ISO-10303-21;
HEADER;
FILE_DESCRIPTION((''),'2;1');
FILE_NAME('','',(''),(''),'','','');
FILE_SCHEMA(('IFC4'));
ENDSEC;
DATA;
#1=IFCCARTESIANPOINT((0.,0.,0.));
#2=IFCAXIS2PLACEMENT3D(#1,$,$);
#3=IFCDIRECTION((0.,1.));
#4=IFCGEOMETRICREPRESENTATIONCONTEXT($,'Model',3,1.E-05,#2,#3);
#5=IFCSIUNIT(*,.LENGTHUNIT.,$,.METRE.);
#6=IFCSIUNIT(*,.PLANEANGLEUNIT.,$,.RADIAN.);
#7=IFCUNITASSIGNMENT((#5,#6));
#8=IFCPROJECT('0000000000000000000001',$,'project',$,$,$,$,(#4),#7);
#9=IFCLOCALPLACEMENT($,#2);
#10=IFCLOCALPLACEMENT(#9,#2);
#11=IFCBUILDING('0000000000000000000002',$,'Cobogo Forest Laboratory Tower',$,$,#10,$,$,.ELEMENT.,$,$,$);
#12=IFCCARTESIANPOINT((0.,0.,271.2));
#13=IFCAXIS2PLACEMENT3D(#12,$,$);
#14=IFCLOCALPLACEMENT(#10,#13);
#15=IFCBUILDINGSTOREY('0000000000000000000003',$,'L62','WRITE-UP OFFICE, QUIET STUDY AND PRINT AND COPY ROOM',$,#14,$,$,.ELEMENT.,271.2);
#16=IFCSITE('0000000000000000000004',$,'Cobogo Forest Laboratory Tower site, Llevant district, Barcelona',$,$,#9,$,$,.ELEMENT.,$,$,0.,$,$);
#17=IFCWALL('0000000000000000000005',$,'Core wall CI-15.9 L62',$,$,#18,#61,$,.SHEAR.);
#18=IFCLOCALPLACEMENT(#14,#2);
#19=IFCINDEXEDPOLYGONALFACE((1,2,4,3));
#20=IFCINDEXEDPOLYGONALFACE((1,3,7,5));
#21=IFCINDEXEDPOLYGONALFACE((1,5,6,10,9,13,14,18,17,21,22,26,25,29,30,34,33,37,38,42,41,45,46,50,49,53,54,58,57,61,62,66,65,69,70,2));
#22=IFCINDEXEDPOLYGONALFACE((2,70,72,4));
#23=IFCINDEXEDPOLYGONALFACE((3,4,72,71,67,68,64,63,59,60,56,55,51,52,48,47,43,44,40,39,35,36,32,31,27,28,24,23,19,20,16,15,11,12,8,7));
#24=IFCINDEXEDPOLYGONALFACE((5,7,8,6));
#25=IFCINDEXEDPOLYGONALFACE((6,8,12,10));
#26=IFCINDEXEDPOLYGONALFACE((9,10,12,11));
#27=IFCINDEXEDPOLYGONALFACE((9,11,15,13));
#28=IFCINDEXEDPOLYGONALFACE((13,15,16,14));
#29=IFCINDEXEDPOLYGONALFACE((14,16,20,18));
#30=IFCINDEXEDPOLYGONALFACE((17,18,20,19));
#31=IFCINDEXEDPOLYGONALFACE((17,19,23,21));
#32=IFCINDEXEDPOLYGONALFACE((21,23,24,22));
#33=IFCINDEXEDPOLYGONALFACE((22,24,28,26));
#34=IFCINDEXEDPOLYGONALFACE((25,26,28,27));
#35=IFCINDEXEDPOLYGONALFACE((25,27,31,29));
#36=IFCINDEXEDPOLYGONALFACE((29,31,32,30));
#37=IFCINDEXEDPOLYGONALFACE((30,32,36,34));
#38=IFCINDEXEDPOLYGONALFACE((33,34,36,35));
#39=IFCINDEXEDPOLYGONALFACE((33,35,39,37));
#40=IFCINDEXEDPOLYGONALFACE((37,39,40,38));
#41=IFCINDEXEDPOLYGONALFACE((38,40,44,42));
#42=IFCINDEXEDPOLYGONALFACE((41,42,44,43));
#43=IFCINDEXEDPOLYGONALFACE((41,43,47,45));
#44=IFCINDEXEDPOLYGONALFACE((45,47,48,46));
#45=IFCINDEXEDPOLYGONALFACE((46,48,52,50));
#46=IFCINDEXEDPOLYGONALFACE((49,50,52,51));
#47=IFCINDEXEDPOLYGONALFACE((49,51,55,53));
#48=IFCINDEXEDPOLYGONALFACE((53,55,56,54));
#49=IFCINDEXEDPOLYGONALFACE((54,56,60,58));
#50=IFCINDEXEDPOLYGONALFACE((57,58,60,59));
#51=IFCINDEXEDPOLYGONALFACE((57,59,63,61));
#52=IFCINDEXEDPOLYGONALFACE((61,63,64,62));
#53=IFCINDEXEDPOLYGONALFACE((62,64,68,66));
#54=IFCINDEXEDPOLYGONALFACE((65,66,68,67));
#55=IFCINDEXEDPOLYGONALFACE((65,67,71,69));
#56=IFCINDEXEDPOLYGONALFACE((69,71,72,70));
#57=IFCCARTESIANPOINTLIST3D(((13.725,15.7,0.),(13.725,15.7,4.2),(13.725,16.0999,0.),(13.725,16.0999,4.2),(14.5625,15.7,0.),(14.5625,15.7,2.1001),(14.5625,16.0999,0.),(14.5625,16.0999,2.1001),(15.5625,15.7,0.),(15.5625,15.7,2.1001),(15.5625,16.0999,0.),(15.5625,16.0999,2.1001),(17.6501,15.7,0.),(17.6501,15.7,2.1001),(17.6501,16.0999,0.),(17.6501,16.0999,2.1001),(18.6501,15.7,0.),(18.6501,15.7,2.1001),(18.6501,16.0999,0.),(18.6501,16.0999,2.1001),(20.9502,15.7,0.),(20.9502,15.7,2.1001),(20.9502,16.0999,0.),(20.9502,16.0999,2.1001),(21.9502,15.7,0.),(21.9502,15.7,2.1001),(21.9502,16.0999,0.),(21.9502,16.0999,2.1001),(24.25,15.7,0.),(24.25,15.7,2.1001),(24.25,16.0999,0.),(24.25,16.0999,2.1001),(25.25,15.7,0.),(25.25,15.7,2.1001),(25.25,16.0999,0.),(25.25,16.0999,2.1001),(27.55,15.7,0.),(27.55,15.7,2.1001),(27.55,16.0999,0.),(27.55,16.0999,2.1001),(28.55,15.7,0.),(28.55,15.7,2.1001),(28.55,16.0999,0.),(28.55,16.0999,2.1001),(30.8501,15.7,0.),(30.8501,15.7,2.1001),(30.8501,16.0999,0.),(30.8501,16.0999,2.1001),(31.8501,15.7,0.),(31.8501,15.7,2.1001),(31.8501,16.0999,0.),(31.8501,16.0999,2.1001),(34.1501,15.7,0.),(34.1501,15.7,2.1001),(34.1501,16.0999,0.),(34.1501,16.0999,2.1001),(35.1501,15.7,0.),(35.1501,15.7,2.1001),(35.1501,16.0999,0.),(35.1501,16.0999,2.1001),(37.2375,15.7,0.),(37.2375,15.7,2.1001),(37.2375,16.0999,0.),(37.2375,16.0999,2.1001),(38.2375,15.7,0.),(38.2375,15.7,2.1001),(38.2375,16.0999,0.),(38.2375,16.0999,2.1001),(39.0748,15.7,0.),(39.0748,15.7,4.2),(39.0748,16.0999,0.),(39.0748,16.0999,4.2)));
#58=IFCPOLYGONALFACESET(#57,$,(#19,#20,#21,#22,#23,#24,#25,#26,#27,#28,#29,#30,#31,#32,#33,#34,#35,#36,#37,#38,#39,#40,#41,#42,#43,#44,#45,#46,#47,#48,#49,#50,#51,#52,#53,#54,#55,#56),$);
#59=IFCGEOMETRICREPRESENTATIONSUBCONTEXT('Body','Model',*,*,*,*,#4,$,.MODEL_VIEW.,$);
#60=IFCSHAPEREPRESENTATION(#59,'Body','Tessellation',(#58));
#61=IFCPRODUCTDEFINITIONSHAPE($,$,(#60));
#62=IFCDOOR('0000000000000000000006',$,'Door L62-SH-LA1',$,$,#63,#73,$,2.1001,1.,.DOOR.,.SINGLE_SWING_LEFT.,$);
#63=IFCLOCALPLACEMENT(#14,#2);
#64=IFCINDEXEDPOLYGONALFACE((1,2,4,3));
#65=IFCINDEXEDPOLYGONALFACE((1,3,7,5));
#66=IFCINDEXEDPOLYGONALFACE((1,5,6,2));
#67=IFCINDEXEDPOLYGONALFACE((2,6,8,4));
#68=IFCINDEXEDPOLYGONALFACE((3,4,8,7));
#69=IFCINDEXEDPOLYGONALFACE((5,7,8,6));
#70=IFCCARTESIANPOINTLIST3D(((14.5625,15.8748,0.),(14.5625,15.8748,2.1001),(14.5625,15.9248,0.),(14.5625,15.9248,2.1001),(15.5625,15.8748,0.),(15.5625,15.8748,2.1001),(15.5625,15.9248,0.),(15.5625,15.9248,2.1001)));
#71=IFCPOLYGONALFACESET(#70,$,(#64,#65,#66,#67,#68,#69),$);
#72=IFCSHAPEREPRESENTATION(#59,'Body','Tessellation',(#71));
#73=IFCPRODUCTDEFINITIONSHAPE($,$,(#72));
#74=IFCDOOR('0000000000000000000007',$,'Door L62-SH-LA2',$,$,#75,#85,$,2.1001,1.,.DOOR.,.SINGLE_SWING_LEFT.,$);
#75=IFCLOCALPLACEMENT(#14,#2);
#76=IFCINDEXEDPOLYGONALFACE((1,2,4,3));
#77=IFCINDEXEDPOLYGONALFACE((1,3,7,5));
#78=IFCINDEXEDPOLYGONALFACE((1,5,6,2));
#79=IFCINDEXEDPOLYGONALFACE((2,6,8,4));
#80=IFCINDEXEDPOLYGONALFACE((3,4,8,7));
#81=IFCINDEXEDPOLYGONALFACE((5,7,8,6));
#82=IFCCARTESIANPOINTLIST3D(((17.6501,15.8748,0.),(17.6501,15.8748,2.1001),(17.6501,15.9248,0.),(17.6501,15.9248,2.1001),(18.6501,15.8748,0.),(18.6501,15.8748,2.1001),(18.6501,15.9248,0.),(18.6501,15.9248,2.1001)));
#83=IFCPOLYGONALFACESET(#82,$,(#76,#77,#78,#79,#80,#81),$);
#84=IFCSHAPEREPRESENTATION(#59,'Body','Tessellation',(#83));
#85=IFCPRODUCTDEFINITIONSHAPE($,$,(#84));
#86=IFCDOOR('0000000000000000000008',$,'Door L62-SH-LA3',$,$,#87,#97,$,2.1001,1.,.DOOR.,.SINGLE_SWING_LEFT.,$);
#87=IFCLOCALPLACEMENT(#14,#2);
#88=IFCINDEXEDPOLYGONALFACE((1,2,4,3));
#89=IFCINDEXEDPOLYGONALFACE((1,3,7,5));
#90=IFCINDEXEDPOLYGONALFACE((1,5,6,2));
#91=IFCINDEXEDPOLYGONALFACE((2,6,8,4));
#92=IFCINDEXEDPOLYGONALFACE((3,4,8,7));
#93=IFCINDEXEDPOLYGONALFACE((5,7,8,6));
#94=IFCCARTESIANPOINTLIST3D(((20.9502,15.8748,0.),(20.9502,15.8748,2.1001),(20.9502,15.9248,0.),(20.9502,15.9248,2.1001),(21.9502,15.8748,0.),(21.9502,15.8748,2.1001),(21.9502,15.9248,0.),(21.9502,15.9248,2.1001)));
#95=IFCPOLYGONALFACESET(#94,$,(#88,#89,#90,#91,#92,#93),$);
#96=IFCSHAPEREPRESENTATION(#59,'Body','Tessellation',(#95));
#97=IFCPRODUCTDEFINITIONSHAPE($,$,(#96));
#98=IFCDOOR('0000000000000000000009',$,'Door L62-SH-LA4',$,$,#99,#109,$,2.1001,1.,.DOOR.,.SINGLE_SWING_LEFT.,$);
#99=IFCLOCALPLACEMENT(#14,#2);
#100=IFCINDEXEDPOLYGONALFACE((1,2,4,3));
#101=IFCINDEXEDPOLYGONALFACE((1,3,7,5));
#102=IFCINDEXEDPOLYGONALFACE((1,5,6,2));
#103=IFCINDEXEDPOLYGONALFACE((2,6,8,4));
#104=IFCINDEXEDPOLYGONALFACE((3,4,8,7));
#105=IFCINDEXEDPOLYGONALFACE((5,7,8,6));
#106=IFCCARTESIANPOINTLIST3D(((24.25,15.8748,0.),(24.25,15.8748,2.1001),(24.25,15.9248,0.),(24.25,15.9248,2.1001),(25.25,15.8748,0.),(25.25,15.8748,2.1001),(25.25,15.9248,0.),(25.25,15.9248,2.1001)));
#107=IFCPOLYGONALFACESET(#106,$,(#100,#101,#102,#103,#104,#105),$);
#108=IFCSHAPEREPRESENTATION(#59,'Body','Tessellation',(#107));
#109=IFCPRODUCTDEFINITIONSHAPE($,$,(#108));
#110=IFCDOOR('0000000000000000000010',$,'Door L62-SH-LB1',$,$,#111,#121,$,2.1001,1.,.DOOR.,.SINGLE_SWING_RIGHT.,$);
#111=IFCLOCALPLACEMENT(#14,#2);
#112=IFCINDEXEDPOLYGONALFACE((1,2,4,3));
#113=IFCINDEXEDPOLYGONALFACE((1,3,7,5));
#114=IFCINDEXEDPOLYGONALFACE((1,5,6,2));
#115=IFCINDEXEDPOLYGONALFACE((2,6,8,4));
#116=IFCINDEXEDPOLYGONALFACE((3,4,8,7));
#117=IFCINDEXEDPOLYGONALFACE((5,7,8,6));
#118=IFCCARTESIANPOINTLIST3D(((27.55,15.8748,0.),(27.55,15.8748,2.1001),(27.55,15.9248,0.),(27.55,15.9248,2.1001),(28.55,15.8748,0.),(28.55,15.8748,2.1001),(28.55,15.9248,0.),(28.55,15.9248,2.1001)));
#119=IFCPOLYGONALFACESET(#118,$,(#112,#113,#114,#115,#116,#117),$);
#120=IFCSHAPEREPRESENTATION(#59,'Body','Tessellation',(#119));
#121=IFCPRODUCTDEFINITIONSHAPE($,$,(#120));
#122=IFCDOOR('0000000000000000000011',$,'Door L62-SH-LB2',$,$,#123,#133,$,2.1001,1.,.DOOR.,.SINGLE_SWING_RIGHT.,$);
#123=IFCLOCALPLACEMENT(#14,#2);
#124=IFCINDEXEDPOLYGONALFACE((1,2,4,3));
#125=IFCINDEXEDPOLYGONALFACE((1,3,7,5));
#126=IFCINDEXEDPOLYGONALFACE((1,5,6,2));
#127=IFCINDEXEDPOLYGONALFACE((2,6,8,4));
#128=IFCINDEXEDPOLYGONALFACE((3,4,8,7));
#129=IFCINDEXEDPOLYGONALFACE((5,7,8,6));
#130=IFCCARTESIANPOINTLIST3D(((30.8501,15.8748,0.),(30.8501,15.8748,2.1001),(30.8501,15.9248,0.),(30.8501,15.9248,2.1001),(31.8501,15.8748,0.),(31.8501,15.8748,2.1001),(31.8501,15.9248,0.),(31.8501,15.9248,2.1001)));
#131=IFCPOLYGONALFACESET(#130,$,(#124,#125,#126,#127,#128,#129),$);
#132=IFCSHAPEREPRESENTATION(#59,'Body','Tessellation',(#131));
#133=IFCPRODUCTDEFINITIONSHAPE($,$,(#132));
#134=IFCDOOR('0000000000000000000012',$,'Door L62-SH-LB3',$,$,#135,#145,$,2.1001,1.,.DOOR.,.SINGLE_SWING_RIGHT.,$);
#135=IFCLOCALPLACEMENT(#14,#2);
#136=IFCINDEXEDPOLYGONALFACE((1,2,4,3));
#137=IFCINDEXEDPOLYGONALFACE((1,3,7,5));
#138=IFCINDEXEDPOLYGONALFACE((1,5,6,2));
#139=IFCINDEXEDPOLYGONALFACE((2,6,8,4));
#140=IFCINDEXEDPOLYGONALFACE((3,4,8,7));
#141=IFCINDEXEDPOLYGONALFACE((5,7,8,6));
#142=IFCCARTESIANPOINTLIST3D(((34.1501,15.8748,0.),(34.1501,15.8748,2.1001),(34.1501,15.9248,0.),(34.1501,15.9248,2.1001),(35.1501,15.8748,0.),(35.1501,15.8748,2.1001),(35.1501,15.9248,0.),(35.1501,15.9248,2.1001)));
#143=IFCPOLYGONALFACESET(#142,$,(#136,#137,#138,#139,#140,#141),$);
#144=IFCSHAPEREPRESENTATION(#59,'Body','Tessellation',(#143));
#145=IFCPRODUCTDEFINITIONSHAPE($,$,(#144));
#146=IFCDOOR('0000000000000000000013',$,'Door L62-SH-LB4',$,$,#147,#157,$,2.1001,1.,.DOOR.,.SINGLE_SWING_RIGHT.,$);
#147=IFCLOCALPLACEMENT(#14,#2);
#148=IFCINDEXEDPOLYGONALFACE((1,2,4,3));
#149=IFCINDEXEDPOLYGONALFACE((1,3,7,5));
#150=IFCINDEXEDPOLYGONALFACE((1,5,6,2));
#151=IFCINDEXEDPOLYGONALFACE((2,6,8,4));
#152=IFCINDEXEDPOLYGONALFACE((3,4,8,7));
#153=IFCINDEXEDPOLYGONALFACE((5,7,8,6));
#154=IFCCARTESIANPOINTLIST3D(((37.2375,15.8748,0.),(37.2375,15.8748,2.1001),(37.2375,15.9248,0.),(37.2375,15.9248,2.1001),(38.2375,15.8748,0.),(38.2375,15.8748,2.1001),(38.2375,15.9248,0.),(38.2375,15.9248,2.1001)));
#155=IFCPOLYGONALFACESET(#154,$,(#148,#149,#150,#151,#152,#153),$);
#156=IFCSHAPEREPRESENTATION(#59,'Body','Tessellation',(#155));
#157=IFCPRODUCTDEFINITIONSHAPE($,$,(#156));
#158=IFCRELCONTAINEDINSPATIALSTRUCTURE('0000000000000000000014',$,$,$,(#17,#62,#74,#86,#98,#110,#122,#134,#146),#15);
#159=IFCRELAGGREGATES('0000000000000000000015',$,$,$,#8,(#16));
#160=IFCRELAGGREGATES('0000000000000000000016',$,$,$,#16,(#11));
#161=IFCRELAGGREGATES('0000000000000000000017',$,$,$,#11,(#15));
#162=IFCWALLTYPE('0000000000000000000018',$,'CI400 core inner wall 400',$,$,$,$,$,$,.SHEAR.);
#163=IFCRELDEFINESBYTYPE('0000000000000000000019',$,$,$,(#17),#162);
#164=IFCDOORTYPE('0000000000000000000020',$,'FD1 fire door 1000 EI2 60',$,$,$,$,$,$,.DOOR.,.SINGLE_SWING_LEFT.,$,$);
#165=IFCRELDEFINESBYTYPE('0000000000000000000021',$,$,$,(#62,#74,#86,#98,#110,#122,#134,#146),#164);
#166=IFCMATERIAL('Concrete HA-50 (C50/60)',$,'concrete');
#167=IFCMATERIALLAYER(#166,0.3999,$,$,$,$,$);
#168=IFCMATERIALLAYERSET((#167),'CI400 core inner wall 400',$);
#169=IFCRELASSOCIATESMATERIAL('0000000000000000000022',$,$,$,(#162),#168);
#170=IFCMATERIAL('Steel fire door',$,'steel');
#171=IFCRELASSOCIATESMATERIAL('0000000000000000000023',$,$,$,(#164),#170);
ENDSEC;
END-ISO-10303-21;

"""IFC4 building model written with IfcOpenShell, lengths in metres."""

from ifc_helpers import new_model, si_unit, direction, frame, frame_2d, origin, place, context, subcontext, project, spatial, rectangle, extrude, material, layer, layer_set, type_object, element, fill, save


model = new_model("IFC4")

# Units and contexts
model_context = context("Model", 3, precision=1e-05, world=origin(), true_north=direction((0.0, 1.0)))
body_context = subcontext(model_context, "Body", "Model", "MODEL_VIEW")
ifc_project = project(units=[si_unit("LENGTHUNIT", "METRE"), si_unit("PLANEANGLEUNIT", "RADIAN")], contexts=[model_context])

# Site, building, storey
site_placement = place(None, origin())
site = spatial("IfcSite", under=ifc_project, at=site_placement, Name="Cobogo Forest Laboratory Tower site, Llevant district, Barcelona", CompositionType="ELEMENT", RefElevation=0.0)
building_placement = place(site_placement, origin())
building = spatial("IfcBuilding", under=site, at=building_placement, Name="Cobogo Forest Laboratory Tower", CompositionType="ELEMENT")
storey_placement = place(building_placement, frame((0.0, 0.0, 271.2)))
storey = spatial("IfcBuildingStorey", under=building, at=storey_placement, Name="L62", Description="WRITE-UP OFFICE, QUIET STUDY AND PRINT AND COPY ROOM", CompositionType="ELEMENT", Elevation=271.2)

# Wall, openings, doors
ifc_material_1 = material(Name="Concrete HA-50 (C50/60)", Category="concrete")
ifc_layer_1 = layer(ifc_material_1, 0.3999)
ifc_layer_set_1 = layer_set([ifc_layer_1], Name="CI400 core inner wall 400")
wall_type_1 = type_object("IfcWallType", Name="CI400 core inner wall 400", PredefinedType="SHEAR", material=ifc_layer_set_1)
wall_1_placement = place(storey_placement, frame((13.7251, 15.8999, 0.0), z_axis=(0.0, 0.0, 1.0), x_axis=(1.0, 0.0, 0.0)))
wall_1 = element("IfcWall", 1, at=wall_1_placement, inside=storey, type_object=wall_type_1, Name="Core wall CI-15.9 L62", PredefinedType="SHEAR", context=body_context, shape_type="SweptSolid", body=[
    extrude(rectangle(XDim=25.3499, YDim=0.3999, at=frame_2d((12.6748, 0.0))), origin(), (0.0, 0.0, 1.0), 4.2),
])
opening_1_placement = place(wall_1_placement, frame((0.8374, 0.0, 0.0)))
opening_1 = element("IfcOpeningElement", 2, at=opening_1_placement, cuts=wall_1, PredefinedType="OPENING", context=body_context, shape_type="SweptSolid", body=[
    extrude(rectangle(XDim=1.0, YDim=2.1001, at=frame_2d((0.5, 1.05))), frame((0.0, 0.21, 0.0), z_axis=(0.0, -1.0, 0.0), x_axis=(1.0, 0.0, 0.0)), (0.0, 0.0, 1.0), 0.4199),
])
opening_2_placement = place(wall_1_placement, frame((3.925, 0.0, 0.0)))
opening_2 = element("IfcOpeningElement", 3, at=opening_2_placement, cuts=wall_1, PredefinedType="OPENING", context=body_context, shape_type="SweptSolid", body=[
    extrude(rectangle(XDim=1.0, YDim=2.1001, at=frame_2d((0.5, 1.05))), frame((0.0, 0.21, 0.0), z_axis=(0.0, -1.0, 0.0), x_axis=(1.0, 0.0, 0.0)), (0.0, 0.0, 1.0), 0.4199),
])
opening_3_placement = place(wall_1_placement, frame((7.2251, 0.0, 0.0)))
opening_3 = element("IfcOpeningElement", 4, at=opening_3_placement, cuts=wall_1, PredefinedType="OPENING", context=body_context, shape_type="SweptSolid", body=[
    extrude(rectangle(XDim=1.0, YDim=2.1001, at=frame_2d((0.5, 1.05))), frame((0.0, 0.21, 0.0), z_axis=(0.0, -1.0, 0.0), x_axis=(1.0, 0.0, 0.0)), (0.0, 0.0, 1.0), 0.4199),
])
opening_4_placement = place(wall_1_placement, frame((10.5249, 0.0, 0.0)))
opening_4 = element("IfcOpeningElement", 5, at=opening_4_placement, cuts=wall_1, PredefinedType="OPENING", context=body_context, shape_type="SweptSolid", body=[
    extrude(rectangle(XDim=1.0, YDim=2.1001, at=frame_2d((0.5, 1.05))), frame((0.0, 0.21, 0.0), z_axis=(0.0, -1.0, 0.0), x_axis=(1.0, 0.0, 0.0)), (0.0, 0.0, 1.0), 0.4199),
])
opening_5_placement = place(wall_1_placement, frame((13.825, 0.0, 0.0)))
opening_5 = element("IfcOpeningElement", 6, at=opening_5_placement, cuts=wall_1, PredefinedType="OPENING", context=body_context, shape_type="SweptSolid", body=[
    extrude(rectangle(XDim=1.0, YDim=2.1001, at=frame_2d((0.5, 1.05))), frame((0.0, 0.21, 0.0), z_axis=(0.0, -1.0, 0.0), x_axis=(1.0, 0.0, 0.0)), (0.0, 0.0, 1.0), 0.4199),
])
opening_6_placement = place(wall_1_placement, frame((17.125, 0.0, 0.0)))
opening_6 = element("IfcOpeningElement", 7, at=opening_6_placement, cuts=wall_1, PredefinedType="OPENING", context=body_context, shape_type="SweptSolid", body=[
    extrude(rectangle(XDim=1.0, YDim=2.1001, at=frame_2d((0.5, 1.05))), frame((0.0, 0.21, 0.0), z_axis=(0.0, -1.0, 0.0), x_axis=(1.0, 0.0, 0.0)), (0.0, 0.0, 1.0), 0.4199),
])
opening_7_placement = place(wall_1_placement, frame((20.425, 0.0, 0.0)))
opening_7 = element("IfcOpeningElement", 8, at=opening_7_placement, cuts=wall_1, PredefinedType="OPENING", context=body_context, shape_type="SweptSolid", body=[
    extrude(rectangle(XDim=1.0, YDim=2.1001, at=frame_2d((0.5, 1.05))), frame((0.0, 0.21, 0.0), z_axis=(0.0, -1.0, 0.0), x_axis=(1.0, 0.0, 0.0)), (0.0, 0.0, 1.0), 0.4199),
])
opening_8_placement = place(wall_1_placement, frame((23.5125, 0.0, 0.0)))
opening_8 = element("IfcOpeningElement", 9, at=opening_8_placement, cuts=wall_1, PredefinedType="OPENING", context=body_context, shape_type="SweptSolid", body=[
    extrude(rectangle(XDim=1.0, YDim=2.1001, at=frame_2d((0.5, 1.05))), frame((0.0, 0.21, 0.0), z_axis=(0.0, -1.0, 0.0), x_axis=(1.0, 0.0, 0.0)), (0.0, 0.0, 1.0), 0.4199),
])
ifc_material_2 = material(Name="Steel fire door", Category="steel")
door_type_1 = type_object("IfcDoorType", Name="FD1 fire door 1000 EI2 60", OperationType="SINGLE_SWING_LEFT", PredefinedType="DOOR", material=ifc_material_2)
door_1_placement = place(opening_1_placement, origin())
door_1 = element("IfcDoor", 10, at=door_1_placement, inside=storey, type_object=door_type_1, Name="Door L62-SH-LA1", OperationType="SINGLE_SWING_LEFT", OverallHeight=2.1001, OverallWidth=1.0, PredefinedType="DOOR", context=body_context, shape_type="SweptSolid", body=[
    extrude(rectangle(XDim=1.0, YDim=2.1001, at=frame_2d((0.5, 1.05))), frame((0.0, 0.0249, 0.0), z_axis=(0.0, -1.0, 0.0), x_axis=(1.0, 0.0, 0.0)), (0.0, 0.0, 1.0), 0.05),
])
fill(opening_1, door_1)
door_2_placement = place(opening_2_placement, origin())
door_2 = element("IfcDoor", 11, at=door_2_placement, inside=storey, type_object=door_type_1, Name="Door L62-SH-LA2", OperationType="SINGLE_SWING_LEFT", OverallHeight=2.1001, OverallWidth=1.0, PredefinedType="DOOR", context=body_context, shape_type="SweptSolid", body=[
    extrude(rectangle(XDim=1.0, YDim=2.1001, at=frame_2d((0.5, 1.05))), frame((0.0, 0.0249, 0.0), z_axis=(0.0, -1.0, 0.0), x_axis=(1.0, 0.0, 0.0)), (0.0, 0.0, 1.0), 0.05),
])
fill(opening_2, door_2)
door_3_placement = place(opening_3_placement, origin())
door_3 = element("IfcDoor", 12, at=door_3_placement, inside=storey, type_object=door_type_1, Name="Door L62-SH-LA3", OperationType="SINGLE_SWING_LEFT", OverallHeight=2.1001, OverallWidth=1.0, PredefinedType="DOOR", context=body_context, shape_type="SweptSolid", body=[
    extrude(rectangle(XDim=1.0, YDim=2.1001, at=frame_2d((0.5, 1.05))), frame((0.0, 0.0249, 0.0), z_axis=(0.0, -1.0, 0.0), x_axis=(1.0, 0.0, 0.0)), (0.0, 0.0, 1.0), 0.05),
])
fill(opening_3, door_3)
door_4_placement = place(opening_4_placement, origin())
door_4 = element("IfcDoor", 13, at=door_4_placement, inside=storey, type_object=door_type_1, Name="Door L62-SH-LA4", OperationType="SINGLE_SWING_LEFT", OverallHeight=2.1001, OverallWidth=1.0, PredefinedType="DOOR", context=body_context, shape_type="SweptSolid", body=[
    extrude(rectangle(XDim=1.0, YDim=2.1001, at=frame_2d((0.5, 1.05))), frame((0.0, 0.0249, 0.0), z_axis=(0.0, -1.0, 0.0), x_axis=(1.0, 0.0, 0.0)), (0.0, 0.0, 1.0), 0.05),
])
fill(opening_4, door_4)
door_5_placement = place(opening_5_placement, origin())
door_5 = element("IfcDoor", 14, at=door_5_placement, inside=storey, type_object=door_type_1, Name="Door L62-SH-LB1", OperationType="SINGLE_SWING_RIGHT", OverallHeight=2.1001, OverallWidth=1.0, PredefinedType="DOOR", context=body_context, shape_type="SweptSolid", body=[
    extrude(rectangle(XDim=1.0, YDim=2.1001, at=frame_2d((0.5, 1.05))), frame((0.0, 0.0249, 0.0), z_axis=(0.0, -1.0, 0.0), x_axis=(1.0, 0.0, 0.0)), (0.0, 0.0, 1.0), 0.05),
])
fill(opening_5, door_5)
door_6_placement = place(opening_6_placement, origin())
door_6 = element("IfcDoor", 15, at=door_6_placement, inside=storey, type_object=door_type_1, Name="Door L62-SH-LB2", OperationType="SINGLE_SWING_RIGHT", OverallHeight=2.1001, OverallWidth=1.0, PredefinedType="DOOR", context=body_context, shape_type="SweptSolid", body=[
    extrude(rectangle(XDim=1.0, YDim=2.1001, at=frame_2d((0.5, 1.05))), frame((0.0, 0.0249, 0.0), z_axis=(0.0, -1.0, 0.0), x_axis=(1.0, 0.0, 0.0)), (0.0, 0.0, 1.0), 0.05),
])
fill(opening_6, door_6)
door_7_placement = place(opening_7_placement, origin())
door_7 = element("IfcDoor", 16, at=door_7_placement, inside=storey, type_object=door_type_1, Name="Door L62-SH-LB3", OperationType="SINGLE_SWING_RIGHT", OverallHeight=2.1001, OverallWidth=1.0, PredefinedType="DOOR", context=body_context, shape_type="SweptSolid", body=[
    extrude(rectangle(XDim=1.0, YDim=2.1001, at=frame_2d((0.5, 1.05))), frame((0.0, 0.0249, 0.0), z_axis=(0.0, -1.0, 0.0), x_axis=(1.0, 0.0, 0.0)), (0.0, 0.0, 1.0), 0.05),
])
fill(opening_7, door_7)
door_8_placement = place(opening_8_placement, origin())
door_8 = element("IfcDoor", 17, at=door_8_placement, inside=storey, type_object=door_type_1, Name="Door L62-SH-LB4", OperationType="SINGLE_SWING_RIGHT", OverallHeight=2.1001, OverallWidth=1.0, PredefinedType="DOOR", context=body_context, shape_type="SweptSolid", body=[
    extrude(rectangle(XDim=1.0, YDim=2.1001, at=frame_2d((0.5, 1.05))), frame((0.0, 0.0249, 0.0), z_axis=(0.0, -1.0, 0.0), x_axis=(1.0, 0.0, 0.0)), (0.0, 0.0, 1.0), 0.05),
])
fill(opening_8, door_8)

save(model, "model.ifc")
